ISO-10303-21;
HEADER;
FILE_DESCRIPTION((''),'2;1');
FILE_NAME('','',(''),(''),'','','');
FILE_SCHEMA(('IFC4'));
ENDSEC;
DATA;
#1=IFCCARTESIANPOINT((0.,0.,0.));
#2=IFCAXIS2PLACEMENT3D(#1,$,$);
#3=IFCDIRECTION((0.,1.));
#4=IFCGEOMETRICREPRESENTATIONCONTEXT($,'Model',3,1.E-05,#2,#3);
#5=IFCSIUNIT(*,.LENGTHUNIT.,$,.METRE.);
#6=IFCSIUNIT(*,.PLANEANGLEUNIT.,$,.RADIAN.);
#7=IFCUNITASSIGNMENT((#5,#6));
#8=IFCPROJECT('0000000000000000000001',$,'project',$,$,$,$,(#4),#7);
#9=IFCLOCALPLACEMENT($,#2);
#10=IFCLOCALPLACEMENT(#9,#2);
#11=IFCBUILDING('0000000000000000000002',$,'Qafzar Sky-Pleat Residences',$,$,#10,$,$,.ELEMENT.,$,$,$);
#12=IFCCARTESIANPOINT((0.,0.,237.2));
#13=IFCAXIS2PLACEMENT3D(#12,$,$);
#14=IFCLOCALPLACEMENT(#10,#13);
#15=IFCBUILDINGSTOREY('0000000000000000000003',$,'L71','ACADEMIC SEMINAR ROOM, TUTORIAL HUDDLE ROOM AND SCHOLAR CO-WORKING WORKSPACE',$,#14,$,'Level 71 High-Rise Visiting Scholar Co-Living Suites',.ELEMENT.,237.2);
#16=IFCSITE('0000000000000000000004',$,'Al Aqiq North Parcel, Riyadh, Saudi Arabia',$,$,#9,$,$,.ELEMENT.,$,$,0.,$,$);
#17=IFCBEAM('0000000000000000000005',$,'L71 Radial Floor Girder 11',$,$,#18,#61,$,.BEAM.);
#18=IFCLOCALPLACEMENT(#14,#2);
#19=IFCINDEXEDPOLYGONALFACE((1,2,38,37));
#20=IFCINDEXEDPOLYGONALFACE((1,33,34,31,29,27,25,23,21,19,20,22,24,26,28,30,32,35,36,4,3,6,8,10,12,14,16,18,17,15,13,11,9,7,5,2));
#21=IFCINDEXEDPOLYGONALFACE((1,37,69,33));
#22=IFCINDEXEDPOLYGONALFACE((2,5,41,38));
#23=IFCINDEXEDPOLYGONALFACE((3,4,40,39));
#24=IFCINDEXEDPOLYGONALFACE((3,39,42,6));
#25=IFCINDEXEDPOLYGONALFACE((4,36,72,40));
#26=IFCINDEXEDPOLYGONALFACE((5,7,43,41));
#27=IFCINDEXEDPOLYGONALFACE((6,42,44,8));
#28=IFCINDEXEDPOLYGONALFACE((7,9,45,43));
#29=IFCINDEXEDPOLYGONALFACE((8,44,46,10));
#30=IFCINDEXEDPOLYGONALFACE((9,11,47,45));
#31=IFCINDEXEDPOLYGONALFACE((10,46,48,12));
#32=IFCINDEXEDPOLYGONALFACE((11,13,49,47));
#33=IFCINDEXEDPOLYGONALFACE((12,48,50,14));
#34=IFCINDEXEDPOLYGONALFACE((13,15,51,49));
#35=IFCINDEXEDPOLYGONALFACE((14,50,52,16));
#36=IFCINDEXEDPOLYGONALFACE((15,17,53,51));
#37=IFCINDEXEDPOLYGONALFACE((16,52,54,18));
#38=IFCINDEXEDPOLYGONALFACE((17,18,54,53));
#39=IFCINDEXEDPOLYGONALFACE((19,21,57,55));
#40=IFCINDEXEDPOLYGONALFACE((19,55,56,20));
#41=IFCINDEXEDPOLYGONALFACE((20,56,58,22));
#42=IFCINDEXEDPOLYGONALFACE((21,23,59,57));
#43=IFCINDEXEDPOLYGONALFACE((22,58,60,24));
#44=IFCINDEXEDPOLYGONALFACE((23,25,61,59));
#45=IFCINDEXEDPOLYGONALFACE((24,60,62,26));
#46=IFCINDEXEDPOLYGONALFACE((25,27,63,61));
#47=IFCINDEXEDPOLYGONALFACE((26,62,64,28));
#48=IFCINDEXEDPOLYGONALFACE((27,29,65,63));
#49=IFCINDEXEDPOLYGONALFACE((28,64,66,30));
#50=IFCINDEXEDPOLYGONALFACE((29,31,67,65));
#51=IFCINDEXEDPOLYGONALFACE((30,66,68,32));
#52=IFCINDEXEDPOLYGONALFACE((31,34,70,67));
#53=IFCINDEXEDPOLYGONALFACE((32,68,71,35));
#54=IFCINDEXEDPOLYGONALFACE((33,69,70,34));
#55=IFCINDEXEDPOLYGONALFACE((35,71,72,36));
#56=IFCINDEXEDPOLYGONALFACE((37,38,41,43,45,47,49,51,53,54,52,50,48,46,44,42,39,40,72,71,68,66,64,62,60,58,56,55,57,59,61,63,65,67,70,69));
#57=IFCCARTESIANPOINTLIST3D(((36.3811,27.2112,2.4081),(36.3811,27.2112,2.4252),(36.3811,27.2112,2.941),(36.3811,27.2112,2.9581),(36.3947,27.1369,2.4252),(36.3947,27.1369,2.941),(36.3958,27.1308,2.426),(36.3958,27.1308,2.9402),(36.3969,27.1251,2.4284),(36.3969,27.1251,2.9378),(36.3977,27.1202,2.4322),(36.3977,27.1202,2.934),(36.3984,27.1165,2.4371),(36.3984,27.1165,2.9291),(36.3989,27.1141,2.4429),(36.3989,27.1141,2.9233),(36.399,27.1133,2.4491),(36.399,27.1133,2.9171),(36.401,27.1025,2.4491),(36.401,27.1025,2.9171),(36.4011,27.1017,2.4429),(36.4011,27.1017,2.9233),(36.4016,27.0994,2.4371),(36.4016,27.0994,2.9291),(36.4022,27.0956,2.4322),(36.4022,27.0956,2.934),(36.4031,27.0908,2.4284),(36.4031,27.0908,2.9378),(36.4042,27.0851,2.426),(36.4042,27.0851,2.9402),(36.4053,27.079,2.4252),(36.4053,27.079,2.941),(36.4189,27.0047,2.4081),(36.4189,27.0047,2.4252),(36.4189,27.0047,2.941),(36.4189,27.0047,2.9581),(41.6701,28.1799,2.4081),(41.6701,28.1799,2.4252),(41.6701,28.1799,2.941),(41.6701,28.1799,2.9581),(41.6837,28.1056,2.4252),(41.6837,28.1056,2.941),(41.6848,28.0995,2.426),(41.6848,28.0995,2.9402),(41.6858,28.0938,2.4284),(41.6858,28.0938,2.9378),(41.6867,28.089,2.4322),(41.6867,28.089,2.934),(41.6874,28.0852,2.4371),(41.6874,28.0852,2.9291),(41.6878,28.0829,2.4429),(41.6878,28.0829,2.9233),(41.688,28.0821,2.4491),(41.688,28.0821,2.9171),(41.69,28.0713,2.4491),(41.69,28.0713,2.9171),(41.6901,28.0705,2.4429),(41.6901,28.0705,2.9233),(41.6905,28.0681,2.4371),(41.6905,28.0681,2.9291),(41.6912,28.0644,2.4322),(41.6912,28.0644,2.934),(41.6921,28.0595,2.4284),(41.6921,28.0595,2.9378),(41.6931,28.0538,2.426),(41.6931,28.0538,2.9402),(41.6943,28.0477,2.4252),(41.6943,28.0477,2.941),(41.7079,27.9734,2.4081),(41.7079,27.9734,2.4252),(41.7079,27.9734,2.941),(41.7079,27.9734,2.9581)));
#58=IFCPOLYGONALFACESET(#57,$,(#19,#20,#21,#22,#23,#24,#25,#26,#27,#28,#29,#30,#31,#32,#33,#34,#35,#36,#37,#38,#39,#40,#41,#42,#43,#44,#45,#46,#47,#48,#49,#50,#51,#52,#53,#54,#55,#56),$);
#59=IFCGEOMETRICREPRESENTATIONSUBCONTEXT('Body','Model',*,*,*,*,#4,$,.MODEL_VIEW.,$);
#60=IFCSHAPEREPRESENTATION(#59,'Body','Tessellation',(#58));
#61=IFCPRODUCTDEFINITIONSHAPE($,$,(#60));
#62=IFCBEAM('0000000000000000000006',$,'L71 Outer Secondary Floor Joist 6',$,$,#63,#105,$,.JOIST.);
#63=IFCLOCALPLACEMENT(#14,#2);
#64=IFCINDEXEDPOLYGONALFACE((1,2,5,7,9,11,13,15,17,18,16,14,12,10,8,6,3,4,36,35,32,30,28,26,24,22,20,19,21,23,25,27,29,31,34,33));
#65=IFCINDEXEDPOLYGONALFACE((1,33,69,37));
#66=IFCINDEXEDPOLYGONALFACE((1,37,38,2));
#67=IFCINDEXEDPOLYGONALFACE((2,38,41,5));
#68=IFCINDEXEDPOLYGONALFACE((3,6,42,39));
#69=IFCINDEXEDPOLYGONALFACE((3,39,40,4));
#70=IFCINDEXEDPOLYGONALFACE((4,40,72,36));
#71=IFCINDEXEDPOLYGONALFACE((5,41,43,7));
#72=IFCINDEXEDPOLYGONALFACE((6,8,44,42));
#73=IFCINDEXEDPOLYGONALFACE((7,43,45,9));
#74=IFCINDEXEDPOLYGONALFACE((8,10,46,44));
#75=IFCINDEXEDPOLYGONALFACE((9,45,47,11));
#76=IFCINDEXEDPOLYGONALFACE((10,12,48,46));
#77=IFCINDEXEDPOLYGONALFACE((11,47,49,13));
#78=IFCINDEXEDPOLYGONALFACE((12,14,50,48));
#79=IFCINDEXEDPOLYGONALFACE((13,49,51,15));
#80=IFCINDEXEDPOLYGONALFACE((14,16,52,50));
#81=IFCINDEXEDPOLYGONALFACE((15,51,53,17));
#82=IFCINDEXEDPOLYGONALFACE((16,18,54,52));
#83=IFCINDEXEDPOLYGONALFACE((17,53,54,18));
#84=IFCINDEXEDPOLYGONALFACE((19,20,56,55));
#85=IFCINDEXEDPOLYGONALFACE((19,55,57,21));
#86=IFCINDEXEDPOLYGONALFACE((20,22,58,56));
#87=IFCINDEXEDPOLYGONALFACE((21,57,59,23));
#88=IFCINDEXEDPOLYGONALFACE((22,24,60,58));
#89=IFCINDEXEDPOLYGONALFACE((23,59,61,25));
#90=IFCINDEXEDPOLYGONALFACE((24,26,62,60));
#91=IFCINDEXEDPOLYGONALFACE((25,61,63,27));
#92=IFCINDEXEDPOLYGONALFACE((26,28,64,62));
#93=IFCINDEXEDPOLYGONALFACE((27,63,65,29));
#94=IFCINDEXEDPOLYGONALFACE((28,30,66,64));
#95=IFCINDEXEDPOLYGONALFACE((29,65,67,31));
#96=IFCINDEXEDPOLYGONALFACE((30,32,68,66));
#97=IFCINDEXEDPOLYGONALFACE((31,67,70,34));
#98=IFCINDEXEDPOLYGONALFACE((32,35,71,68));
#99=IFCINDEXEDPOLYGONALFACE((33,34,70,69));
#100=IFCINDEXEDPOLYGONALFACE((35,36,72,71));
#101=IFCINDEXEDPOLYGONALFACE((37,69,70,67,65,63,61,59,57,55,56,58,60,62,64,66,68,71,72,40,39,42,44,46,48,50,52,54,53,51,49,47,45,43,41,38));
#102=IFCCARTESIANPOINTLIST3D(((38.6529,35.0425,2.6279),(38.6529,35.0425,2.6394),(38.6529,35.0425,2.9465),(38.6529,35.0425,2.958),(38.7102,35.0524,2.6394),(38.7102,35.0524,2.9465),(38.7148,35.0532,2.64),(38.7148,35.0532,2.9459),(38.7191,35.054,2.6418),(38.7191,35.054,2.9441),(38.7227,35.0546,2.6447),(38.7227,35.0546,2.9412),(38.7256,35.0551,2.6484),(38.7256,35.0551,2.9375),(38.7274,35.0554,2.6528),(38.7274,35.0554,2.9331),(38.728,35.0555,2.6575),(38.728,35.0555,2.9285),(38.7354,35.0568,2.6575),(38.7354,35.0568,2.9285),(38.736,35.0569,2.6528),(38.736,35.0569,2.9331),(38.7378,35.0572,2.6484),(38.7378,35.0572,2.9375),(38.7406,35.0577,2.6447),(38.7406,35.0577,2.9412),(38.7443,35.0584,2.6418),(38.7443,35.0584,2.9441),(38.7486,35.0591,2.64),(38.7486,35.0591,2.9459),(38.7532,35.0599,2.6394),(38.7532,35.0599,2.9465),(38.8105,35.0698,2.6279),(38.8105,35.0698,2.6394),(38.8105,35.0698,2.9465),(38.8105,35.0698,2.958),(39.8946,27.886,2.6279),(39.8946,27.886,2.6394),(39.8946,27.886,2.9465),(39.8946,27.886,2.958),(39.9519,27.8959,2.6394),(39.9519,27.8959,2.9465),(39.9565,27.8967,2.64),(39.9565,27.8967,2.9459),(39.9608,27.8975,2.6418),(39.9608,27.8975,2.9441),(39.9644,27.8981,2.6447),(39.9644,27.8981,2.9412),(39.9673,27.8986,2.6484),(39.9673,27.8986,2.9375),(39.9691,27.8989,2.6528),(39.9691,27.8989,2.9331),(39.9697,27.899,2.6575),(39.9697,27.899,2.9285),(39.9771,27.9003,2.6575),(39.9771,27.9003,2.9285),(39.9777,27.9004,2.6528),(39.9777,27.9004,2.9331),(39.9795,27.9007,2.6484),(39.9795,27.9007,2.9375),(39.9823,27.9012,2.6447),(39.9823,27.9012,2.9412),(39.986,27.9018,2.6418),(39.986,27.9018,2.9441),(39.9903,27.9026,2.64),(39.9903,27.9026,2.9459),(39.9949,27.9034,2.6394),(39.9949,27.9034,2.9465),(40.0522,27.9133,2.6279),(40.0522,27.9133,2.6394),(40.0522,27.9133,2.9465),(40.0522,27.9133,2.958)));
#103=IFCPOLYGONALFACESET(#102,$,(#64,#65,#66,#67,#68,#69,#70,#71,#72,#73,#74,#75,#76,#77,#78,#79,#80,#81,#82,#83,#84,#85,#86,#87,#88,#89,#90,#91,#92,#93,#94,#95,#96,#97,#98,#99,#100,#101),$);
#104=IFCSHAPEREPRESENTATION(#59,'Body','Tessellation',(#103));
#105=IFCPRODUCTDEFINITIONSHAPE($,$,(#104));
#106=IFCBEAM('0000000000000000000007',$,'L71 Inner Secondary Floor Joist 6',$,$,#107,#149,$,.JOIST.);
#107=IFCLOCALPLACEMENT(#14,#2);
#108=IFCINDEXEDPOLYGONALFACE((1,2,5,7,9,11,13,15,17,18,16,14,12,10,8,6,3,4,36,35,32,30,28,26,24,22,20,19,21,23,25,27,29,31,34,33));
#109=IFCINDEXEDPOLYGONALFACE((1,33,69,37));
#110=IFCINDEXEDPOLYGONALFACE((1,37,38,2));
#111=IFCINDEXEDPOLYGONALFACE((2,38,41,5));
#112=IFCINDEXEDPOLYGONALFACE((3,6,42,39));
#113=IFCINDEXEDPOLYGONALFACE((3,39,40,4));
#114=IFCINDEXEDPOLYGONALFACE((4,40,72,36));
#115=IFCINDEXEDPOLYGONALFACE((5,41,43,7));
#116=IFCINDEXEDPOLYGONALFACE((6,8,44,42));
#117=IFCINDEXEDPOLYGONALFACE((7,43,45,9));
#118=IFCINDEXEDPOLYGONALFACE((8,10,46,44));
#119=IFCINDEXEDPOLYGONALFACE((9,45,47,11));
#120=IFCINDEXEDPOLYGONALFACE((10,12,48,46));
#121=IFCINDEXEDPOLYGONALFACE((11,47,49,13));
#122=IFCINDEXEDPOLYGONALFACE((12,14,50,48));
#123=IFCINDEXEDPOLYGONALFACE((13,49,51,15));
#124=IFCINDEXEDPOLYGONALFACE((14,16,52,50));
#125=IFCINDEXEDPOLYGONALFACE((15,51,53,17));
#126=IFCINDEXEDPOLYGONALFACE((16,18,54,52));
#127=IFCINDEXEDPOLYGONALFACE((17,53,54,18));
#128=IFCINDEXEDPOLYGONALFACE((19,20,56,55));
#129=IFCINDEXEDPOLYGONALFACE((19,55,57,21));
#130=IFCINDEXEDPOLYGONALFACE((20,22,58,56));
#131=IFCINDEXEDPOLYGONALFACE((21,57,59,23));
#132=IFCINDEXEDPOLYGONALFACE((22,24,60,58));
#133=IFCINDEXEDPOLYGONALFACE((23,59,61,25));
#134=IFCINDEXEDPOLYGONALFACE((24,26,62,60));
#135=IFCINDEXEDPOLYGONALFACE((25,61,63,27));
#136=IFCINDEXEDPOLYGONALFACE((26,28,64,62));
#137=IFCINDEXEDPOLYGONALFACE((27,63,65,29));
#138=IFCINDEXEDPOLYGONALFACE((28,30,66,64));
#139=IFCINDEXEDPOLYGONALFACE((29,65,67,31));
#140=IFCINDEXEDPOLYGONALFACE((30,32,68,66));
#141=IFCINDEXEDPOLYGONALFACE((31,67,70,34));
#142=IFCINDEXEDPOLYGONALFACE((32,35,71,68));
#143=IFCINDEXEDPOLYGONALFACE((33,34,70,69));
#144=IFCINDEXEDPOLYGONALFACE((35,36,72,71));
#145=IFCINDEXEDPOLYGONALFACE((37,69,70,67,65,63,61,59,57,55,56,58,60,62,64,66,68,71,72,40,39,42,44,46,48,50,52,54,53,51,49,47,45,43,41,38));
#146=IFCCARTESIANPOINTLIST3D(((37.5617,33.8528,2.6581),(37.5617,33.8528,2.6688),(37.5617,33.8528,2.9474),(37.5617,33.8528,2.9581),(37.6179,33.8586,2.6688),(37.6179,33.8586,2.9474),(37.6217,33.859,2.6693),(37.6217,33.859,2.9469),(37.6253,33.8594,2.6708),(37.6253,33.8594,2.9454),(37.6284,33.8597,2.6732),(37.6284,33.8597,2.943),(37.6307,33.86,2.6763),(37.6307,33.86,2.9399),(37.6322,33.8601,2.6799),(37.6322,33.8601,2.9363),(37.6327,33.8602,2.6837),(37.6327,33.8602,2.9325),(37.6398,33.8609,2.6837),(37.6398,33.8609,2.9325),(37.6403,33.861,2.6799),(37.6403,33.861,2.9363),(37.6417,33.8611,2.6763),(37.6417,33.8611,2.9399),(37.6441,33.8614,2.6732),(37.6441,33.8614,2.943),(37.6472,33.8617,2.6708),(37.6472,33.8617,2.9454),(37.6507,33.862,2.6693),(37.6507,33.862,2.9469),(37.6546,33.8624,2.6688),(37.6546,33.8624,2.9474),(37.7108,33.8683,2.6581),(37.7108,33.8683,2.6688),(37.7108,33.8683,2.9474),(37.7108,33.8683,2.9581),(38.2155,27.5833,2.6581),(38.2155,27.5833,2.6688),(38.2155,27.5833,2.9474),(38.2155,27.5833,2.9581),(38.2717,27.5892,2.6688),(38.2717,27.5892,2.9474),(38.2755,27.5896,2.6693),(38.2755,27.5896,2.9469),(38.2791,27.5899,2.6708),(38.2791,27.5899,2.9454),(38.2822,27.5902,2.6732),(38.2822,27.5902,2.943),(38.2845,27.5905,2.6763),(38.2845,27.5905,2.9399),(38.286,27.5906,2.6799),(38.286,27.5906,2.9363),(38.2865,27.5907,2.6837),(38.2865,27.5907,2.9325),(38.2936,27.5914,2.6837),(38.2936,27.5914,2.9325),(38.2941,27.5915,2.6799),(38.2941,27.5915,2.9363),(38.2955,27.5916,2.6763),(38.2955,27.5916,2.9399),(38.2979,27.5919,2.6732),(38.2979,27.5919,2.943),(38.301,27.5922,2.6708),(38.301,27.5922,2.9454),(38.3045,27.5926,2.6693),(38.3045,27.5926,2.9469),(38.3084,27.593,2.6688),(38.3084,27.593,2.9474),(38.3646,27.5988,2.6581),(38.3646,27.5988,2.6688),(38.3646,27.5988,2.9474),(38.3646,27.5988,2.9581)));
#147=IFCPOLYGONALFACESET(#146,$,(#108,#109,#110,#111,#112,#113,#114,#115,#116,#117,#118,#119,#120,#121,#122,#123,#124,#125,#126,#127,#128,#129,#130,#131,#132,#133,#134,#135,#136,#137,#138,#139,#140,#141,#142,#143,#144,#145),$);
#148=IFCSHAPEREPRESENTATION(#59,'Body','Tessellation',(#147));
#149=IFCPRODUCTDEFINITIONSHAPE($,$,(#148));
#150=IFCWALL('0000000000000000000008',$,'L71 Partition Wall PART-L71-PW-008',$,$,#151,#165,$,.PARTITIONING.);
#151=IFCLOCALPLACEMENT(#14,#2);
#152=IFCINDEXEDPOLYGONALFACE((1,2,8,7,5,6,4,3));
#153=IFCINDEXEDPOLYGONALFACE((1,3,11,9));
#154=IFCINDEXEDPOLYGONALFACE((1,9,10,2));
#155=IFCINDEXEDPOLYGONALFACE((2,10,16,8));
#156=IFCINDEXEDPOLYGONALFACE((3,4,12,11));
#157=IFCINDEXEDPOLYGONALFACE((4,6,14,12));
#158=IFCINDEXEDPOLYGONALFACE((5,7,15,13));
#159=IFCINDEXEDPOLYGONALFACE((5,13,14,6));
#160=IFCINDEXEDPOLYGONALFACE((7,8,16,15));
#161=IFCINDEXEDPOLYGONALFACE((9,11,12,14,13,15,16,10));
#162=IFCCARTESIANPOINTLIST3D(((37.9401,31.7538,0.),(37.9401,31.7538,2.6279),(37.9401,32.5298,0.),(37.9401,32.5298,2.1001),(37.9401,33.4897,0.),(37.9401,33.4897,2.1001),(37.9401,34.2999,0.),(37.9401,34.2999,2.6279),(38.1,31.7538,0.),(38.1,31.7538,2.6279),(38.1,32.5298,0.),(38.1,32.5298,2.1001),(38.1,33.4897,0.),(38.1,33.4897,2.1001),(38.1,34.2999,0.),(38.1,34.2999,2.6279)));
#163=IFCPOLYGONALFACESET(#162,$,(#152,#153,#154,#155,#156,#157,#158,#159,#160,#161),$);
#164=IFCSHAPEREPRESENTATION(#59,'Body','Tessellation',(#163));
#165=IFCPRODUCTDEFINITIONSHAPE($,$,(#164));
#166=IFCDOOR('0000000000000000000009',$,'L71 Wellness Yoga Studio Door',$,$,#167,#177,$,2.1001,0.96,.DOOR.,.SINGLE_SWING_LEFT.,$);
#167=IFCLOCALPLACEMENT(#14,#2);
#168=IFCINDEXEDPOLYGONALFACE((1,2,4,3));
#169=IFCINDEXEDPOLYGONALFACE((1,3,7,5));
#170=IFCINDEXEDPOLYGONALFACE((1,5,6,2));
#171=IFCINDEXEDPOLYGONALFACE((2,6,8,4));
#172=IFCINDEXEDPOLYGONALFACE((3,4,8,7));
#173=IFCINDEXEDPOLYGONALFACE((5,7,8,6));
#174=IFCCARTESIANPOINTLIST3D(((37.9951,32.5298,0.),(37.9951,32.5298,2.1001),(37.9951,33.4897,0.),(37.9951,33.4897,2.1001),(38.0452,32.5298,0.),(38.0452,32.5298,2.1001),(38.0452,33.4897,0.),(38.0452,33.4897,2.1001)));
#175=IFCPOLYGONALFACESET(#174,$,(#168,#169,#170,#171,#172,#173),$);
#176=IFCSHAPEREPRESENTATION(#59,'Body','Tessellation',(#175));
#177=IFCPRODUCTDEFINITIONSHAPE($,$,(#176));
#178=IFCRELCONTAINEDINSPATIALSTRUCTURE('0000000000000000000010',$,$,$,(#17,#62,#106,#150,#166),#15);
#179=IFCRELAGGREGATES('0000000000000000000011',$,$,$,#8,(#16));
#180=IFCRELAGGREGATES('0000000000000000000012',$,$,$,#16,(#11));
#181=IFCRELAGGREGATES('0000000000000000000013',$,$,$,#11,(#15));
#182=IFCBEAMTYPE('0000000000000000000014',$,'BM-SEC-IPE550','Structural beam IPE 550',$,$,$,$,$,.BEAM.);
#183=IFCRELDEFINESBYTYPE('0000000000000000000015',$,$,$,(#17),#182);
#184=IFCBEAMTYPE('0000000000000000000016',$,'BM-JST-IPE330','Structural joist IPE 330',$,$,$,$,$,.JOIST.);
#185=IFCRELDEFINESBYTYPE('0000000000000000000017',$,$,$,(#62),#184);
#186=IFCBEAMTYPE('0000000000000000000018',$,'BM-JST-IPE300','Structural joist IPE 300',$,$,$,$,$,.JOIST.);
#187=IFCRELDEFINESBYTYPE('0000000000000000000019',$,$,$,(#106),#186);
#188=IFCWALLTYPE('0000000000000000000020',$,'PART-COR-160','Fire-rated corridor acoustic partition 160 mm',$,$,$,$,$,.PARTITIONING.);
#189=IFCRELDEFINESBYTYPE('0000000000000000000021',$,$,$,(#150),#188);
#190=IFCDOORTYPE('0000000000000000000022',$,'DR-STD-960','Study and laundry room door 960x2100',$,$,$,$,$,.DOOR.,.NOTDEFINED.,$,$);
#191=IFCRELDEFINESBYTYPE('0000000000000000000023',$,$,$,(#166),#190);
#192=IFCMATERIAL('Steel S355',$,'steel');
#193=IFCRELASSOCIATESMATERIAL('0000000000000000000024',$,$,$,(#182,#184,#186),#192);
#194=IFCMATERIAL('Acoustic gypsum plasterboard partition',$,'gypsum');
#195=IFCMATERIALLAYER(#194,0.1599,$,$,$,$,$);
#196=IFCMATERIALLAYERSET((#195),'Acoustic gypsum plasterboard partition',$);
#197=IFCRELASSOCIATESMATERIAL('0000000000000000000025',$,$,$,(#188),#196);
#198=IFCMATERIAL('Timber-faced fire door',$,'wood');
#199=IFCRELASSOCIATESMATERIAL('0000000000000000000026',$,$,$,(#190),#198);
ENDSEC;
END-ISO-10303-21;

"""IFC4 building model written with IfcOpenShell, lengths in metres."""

from ifc_helpers import new_model, si_unit, direction, frame, frame_2d, origin, origin_2d, place, context, subcontext, project, spatial, rectangle, i_section, extrude, source, transform, mapped, material, layer, layer_set, material_profile, profile_set, type_object, element, fill, save


model = new_model("IFC4")

# Units and contexts
model_context = context("Model", 3, precision=1e-05, world=origin(), true_north=direction((0.0, 1.0)))
body_context = subcontext(model_context, "Body", "Model", "MODEL_VIEW")
ifc_project = project(units=[si_unit("LENGTHUNIT", "METRE"), si_unit("PLANEANGLEUNIT", "RADIAN")], contexts=[model_context])

# Site, building, storey
site_placement = place(None, origin())
site = spatial("IfcSite", under=ifc_project, at=site_placement, Name="Al Aqiq North Parcel, Riyadh, Saudi Arabia", CompositionType="ELEMENT", RefElevation=0.0)
building_placement = place(site_placement, origin())
building = spatial("IfcBuilding", under=site, at=building_placement, Name="Qafzar Sky-Pleat Residences", CompositionType="ELEMENT")
storey_placement = place(building_placement, frame((0.0, 0.0, 237.2)))
storey = spatial("IfcBuildingStorey", under=building, at=storey_placement, Name="L71", Description="ACADEMIC SEMINAR ROOM, TUTORIAL HUDDLE ROOM AND SCHOLAR CO-WORKING WORKSPACE", LongName="Level 71 High-Rise Visiting Scholar Co-Living Suites", CompositionType="ELEMENT", Elevation=237.2)

# Shared definitions
ifc_material_1 = material(Name="Steel S355", Category="steel")

# Beams
ifc_material_profile_1 = material_profile(ifc_material_1, i_section(OverallWidth=0.21, OverallDepth=0.55, WebThickness=0.011, FlangeThickness=0.0171, FilletRadius=0.0239, at=origin_2d()), Name="IPE 550")
ifc_profile_set_1 = profile_set([ifc_material_profile_1], Name="Steel S355")
beam_type_1 = type_object("IfcBeamType", Name="BM-SEC-IPE550", Description="Structural beam IPE 550", PredefinedType="BEAM", material=ifc_profile_set_1)
shared_shape_1 = source(origin(), body_context, "Body", "SweptSolid", [
    extrude(i_section(OverallWidth=0.21, OverallDepth=0.55, WebThickness=0.011, FlangeThickness=0.0171, FilletRadius=0.0239, at=origin_2d()), origin(), (0.0, 0.0, 1.0), 5.377),
])
beam_1_placement = place(storey_placement, frame((41.689, 28.0767, 2.6831), z_axis=(-0.983637, -0.180164, 0.0), x_axis=(0.180164, -0.983637, 0.0)))
element("IfcBeam", 1, at=beam_1_placement, inside=storey, type_object=beam_type_1, Name="L71 Radial Floor Girder 11", PredefinedType="BEAM", context=body_context, shape_type="MappedRepresentation", body=[
    mapped(shared_shape_1, transform((0.0, 0.0, 0.0), x_axis=(1.0, 0.0, 0.0), y_axis=(0.0, 1.0, 0.0), z_axis=(0.0, 0.0, 1.0), scale=1.0)),
])
ifc_material_profile_2 = material_profile(ifc_material_1, i_section(OverallWidth=0.1599, OverallDepth=0.3301, WebThickness=0.0076, FlangeThickness=0.0115, FilletRadius=0.0181, at=origin_2d()), Name="IPE 330")
ifc_profile_set_2 = profile_set([ifc_material_profile_2], Name="Steel S355")
beam_type_2 = type_object("IfcBeamType", Name="BM-JST-IPE330", Description="Structural joist IPE 330", PredefinedType="JOIST", material=ifc_profile_set_2)
shared_shape_2 = source(origin(), body_context, "Body", "SweptSolid", [
    extrude(i_section(OverallWidth=0.1599, OverallDepth=0.3301, WebThickness=0.0076, FlangeThickness=0.0115, FilletRadius=0.0181, at=origin_2d()), origin(), (0.0, 0.0, 1.0), 7.2634),
])
beam_2_placement = place(storey_placement, frame((39.9734, 27.8997, 2.793), z_axis=(-0.170952, 0.985279, 0.0), x_axis=(-0.985279, -0.170952, 0.0)))
element("IfcBeam", 2, at=beam_2_placement, inside=storey, type_object=beam_type_2, Name="L71 Outer Secondary Floor Joist 6", PredefinedType="JOIST", context=body_context, shape_type="MappedRepresentation", body=[
    mapped(shared_shape_2, transform((0.0, 0.0, 0.0), x_axis=(1.0, 0.0, 0.0), y_axis=(0.0, 1.0, 0.0), z_axis=(0.0, 0.0, 1.0), scale=1.0)),
])
ifc_material_profile_3 = material_profile(ifc_material_1, i_section(OverallWidth=0.1499, OverallDepth=0.3, WebThickness=0.0071, FlangeThickness=0.0107, FilletRadius=0.0149, at=origin_2d()), Name="IPE 300")
ifc_profile_set_3 = profile_set([ifc_material_profile_3], Name="Steel S355")
beam_type_3 = type_object("IfcBeamType", Name="BM-JST-IPE300", Description="Structural joist IPE 300", PredefinedType="JOIST", material=ifc_profile_set_3)
shared_shape_3 = source(origin(), body_context, "Body", "SweptSolid", [
    extrude(i_section(OverallWidth=0.1499, OverallDepth=0.3, WebThickness=0.0071, FlangeThickness=0.0107, FilletRadius=0.0149, at=origin_2d()), origin(), (0.0, 0.0, 1.0), 6.3035),
])
beam_3_placement = place(storey_placement, frame((38.29, 27.5911, 2.8081), z_axis=(-0.103721, 0.994606, 0.0), x_axis=(-0.994606, -0.103721, 0.0)))
element("IfcBeam", 3, at=beam_3_placement, inside=storey, type_object=beam_type_3, Name="L71 Inner Secondary Floor Joist 6", PredefinedType="JOIST", context=body_context, shape_type="MappedRepresentation", body=[
    mapped(shared_shape_3, transform((0.0, 0.0, 0.0), x_axis=(1.0, 0.0, 0.0), y_axis=(0.0, 1.0, 0.0), z_axis=(0.0, 0.0, 1.0), scale=1.0)),
])

# Wall, opening, door
ifc_material_2 = material(Name="Acoustic gypsum plasterboard partition", Category="gypsum")
ifc_layer_1 = layer(ifc_material_2, 0.1599)
ifc_layer_set_1 = layer_set([ifc_layer_1], Name="Acoustic gypsum plasterboard partition")
wall_type_1 = type_object("IfcWallType", Name="PART-COR-160", Description="Fire-rated corridor acoustic partition 160 mm", PredefinedType="PARTITIONING", material=ifc_layer_set_1)
wall_1_placement = place(storey_placement, frame((38.02, 31.7539, 0.0), z_axis=(0.0, 0.0, 1.0), x_axis=(0.0, 1.0, 0.0)))
wall_1 = element("IfcWall", 4, at=wall_1_placement, inside=storey, type_object=wall_type_1, Name="L71 Partition Wall PART-L71-PW-008", PredefinedType="PARTITIONING", context=body_context, shape_type="SweptSolid", body=[
    extrude(rectangle(XDim=2.5461, YDim=0.1599, at=frame_2d((1.2729, 0.0))), origin(), (0.0, 0.0, 1.0), 2.6279),
])
opening_1_placement = place(wall_1_placement, frame((0.7759, 0.0, 0.0)))
opening_1 = element("IfcOpeningElement", 5, at=opening_1_placement, cuts=wall_1, PredefinedType="OPENING", context=body_context, shape_type="SweptSolid", body=[
    extrude(rectangle(XDim=0.96, YDim=2.1001, at=frame_2d((0.48, 1.05))), frame((0.0, 0.0898, 0.0), z_axis=(0.0, -1.0, 0.0), x_axis=(1.0, 0.0, 0.0)), (0.0, 0.0, 1.0), 0.1799),
])
ifc_material_3 = material(Name="Timber-faced fire door", Category="wood")
door_type = type_object("IfcDoorType", Name="DR-STD-960", Description="Study and laundry room door 960x2100", OperationType="NOTDEFINED", PredefinedType="DOOR", material=ifc_material_3)
shared_shape_4 = source(origin(), body_context, "Body", "SweptSolid", [
    extrude(rectangle(XDim=0.96, YDim=2.1001, at=frame_2d((0.48, 1.05))), frame((0.0, 0.0249, 0.0), z_axis=(0.0, -1.0, 0.0), x_axis=(1.0, 0.0, 0.0)), (0.0, 0.0, 1.0), 0.05),
])
door_placement = place(opening_1_placement, origin())
door = element("IfcDoor", 6, at=door_placement, inside=storey, type_object=door_type, Name="L71 Wellness Yoga Studio Door", OperationType="SINGLE_SWING_LEFT", OverallHeight=2.1001, OverallWidth=0.96, PredefinedType="DOOR", context=body_context, shape_type="MappedRepresentation", body=[
    mapped(shared_shape_4, transform((0.0, 0.0, 0.0), x_axis=(1.0, 0.0, 0.0), y_axis=(0.0, 1.0, 0.0), z_axis=(0.0, 0.0, 1.0), scale=1.0)),
])
fill(opening_1, door)

save(model, "model.ifc")
